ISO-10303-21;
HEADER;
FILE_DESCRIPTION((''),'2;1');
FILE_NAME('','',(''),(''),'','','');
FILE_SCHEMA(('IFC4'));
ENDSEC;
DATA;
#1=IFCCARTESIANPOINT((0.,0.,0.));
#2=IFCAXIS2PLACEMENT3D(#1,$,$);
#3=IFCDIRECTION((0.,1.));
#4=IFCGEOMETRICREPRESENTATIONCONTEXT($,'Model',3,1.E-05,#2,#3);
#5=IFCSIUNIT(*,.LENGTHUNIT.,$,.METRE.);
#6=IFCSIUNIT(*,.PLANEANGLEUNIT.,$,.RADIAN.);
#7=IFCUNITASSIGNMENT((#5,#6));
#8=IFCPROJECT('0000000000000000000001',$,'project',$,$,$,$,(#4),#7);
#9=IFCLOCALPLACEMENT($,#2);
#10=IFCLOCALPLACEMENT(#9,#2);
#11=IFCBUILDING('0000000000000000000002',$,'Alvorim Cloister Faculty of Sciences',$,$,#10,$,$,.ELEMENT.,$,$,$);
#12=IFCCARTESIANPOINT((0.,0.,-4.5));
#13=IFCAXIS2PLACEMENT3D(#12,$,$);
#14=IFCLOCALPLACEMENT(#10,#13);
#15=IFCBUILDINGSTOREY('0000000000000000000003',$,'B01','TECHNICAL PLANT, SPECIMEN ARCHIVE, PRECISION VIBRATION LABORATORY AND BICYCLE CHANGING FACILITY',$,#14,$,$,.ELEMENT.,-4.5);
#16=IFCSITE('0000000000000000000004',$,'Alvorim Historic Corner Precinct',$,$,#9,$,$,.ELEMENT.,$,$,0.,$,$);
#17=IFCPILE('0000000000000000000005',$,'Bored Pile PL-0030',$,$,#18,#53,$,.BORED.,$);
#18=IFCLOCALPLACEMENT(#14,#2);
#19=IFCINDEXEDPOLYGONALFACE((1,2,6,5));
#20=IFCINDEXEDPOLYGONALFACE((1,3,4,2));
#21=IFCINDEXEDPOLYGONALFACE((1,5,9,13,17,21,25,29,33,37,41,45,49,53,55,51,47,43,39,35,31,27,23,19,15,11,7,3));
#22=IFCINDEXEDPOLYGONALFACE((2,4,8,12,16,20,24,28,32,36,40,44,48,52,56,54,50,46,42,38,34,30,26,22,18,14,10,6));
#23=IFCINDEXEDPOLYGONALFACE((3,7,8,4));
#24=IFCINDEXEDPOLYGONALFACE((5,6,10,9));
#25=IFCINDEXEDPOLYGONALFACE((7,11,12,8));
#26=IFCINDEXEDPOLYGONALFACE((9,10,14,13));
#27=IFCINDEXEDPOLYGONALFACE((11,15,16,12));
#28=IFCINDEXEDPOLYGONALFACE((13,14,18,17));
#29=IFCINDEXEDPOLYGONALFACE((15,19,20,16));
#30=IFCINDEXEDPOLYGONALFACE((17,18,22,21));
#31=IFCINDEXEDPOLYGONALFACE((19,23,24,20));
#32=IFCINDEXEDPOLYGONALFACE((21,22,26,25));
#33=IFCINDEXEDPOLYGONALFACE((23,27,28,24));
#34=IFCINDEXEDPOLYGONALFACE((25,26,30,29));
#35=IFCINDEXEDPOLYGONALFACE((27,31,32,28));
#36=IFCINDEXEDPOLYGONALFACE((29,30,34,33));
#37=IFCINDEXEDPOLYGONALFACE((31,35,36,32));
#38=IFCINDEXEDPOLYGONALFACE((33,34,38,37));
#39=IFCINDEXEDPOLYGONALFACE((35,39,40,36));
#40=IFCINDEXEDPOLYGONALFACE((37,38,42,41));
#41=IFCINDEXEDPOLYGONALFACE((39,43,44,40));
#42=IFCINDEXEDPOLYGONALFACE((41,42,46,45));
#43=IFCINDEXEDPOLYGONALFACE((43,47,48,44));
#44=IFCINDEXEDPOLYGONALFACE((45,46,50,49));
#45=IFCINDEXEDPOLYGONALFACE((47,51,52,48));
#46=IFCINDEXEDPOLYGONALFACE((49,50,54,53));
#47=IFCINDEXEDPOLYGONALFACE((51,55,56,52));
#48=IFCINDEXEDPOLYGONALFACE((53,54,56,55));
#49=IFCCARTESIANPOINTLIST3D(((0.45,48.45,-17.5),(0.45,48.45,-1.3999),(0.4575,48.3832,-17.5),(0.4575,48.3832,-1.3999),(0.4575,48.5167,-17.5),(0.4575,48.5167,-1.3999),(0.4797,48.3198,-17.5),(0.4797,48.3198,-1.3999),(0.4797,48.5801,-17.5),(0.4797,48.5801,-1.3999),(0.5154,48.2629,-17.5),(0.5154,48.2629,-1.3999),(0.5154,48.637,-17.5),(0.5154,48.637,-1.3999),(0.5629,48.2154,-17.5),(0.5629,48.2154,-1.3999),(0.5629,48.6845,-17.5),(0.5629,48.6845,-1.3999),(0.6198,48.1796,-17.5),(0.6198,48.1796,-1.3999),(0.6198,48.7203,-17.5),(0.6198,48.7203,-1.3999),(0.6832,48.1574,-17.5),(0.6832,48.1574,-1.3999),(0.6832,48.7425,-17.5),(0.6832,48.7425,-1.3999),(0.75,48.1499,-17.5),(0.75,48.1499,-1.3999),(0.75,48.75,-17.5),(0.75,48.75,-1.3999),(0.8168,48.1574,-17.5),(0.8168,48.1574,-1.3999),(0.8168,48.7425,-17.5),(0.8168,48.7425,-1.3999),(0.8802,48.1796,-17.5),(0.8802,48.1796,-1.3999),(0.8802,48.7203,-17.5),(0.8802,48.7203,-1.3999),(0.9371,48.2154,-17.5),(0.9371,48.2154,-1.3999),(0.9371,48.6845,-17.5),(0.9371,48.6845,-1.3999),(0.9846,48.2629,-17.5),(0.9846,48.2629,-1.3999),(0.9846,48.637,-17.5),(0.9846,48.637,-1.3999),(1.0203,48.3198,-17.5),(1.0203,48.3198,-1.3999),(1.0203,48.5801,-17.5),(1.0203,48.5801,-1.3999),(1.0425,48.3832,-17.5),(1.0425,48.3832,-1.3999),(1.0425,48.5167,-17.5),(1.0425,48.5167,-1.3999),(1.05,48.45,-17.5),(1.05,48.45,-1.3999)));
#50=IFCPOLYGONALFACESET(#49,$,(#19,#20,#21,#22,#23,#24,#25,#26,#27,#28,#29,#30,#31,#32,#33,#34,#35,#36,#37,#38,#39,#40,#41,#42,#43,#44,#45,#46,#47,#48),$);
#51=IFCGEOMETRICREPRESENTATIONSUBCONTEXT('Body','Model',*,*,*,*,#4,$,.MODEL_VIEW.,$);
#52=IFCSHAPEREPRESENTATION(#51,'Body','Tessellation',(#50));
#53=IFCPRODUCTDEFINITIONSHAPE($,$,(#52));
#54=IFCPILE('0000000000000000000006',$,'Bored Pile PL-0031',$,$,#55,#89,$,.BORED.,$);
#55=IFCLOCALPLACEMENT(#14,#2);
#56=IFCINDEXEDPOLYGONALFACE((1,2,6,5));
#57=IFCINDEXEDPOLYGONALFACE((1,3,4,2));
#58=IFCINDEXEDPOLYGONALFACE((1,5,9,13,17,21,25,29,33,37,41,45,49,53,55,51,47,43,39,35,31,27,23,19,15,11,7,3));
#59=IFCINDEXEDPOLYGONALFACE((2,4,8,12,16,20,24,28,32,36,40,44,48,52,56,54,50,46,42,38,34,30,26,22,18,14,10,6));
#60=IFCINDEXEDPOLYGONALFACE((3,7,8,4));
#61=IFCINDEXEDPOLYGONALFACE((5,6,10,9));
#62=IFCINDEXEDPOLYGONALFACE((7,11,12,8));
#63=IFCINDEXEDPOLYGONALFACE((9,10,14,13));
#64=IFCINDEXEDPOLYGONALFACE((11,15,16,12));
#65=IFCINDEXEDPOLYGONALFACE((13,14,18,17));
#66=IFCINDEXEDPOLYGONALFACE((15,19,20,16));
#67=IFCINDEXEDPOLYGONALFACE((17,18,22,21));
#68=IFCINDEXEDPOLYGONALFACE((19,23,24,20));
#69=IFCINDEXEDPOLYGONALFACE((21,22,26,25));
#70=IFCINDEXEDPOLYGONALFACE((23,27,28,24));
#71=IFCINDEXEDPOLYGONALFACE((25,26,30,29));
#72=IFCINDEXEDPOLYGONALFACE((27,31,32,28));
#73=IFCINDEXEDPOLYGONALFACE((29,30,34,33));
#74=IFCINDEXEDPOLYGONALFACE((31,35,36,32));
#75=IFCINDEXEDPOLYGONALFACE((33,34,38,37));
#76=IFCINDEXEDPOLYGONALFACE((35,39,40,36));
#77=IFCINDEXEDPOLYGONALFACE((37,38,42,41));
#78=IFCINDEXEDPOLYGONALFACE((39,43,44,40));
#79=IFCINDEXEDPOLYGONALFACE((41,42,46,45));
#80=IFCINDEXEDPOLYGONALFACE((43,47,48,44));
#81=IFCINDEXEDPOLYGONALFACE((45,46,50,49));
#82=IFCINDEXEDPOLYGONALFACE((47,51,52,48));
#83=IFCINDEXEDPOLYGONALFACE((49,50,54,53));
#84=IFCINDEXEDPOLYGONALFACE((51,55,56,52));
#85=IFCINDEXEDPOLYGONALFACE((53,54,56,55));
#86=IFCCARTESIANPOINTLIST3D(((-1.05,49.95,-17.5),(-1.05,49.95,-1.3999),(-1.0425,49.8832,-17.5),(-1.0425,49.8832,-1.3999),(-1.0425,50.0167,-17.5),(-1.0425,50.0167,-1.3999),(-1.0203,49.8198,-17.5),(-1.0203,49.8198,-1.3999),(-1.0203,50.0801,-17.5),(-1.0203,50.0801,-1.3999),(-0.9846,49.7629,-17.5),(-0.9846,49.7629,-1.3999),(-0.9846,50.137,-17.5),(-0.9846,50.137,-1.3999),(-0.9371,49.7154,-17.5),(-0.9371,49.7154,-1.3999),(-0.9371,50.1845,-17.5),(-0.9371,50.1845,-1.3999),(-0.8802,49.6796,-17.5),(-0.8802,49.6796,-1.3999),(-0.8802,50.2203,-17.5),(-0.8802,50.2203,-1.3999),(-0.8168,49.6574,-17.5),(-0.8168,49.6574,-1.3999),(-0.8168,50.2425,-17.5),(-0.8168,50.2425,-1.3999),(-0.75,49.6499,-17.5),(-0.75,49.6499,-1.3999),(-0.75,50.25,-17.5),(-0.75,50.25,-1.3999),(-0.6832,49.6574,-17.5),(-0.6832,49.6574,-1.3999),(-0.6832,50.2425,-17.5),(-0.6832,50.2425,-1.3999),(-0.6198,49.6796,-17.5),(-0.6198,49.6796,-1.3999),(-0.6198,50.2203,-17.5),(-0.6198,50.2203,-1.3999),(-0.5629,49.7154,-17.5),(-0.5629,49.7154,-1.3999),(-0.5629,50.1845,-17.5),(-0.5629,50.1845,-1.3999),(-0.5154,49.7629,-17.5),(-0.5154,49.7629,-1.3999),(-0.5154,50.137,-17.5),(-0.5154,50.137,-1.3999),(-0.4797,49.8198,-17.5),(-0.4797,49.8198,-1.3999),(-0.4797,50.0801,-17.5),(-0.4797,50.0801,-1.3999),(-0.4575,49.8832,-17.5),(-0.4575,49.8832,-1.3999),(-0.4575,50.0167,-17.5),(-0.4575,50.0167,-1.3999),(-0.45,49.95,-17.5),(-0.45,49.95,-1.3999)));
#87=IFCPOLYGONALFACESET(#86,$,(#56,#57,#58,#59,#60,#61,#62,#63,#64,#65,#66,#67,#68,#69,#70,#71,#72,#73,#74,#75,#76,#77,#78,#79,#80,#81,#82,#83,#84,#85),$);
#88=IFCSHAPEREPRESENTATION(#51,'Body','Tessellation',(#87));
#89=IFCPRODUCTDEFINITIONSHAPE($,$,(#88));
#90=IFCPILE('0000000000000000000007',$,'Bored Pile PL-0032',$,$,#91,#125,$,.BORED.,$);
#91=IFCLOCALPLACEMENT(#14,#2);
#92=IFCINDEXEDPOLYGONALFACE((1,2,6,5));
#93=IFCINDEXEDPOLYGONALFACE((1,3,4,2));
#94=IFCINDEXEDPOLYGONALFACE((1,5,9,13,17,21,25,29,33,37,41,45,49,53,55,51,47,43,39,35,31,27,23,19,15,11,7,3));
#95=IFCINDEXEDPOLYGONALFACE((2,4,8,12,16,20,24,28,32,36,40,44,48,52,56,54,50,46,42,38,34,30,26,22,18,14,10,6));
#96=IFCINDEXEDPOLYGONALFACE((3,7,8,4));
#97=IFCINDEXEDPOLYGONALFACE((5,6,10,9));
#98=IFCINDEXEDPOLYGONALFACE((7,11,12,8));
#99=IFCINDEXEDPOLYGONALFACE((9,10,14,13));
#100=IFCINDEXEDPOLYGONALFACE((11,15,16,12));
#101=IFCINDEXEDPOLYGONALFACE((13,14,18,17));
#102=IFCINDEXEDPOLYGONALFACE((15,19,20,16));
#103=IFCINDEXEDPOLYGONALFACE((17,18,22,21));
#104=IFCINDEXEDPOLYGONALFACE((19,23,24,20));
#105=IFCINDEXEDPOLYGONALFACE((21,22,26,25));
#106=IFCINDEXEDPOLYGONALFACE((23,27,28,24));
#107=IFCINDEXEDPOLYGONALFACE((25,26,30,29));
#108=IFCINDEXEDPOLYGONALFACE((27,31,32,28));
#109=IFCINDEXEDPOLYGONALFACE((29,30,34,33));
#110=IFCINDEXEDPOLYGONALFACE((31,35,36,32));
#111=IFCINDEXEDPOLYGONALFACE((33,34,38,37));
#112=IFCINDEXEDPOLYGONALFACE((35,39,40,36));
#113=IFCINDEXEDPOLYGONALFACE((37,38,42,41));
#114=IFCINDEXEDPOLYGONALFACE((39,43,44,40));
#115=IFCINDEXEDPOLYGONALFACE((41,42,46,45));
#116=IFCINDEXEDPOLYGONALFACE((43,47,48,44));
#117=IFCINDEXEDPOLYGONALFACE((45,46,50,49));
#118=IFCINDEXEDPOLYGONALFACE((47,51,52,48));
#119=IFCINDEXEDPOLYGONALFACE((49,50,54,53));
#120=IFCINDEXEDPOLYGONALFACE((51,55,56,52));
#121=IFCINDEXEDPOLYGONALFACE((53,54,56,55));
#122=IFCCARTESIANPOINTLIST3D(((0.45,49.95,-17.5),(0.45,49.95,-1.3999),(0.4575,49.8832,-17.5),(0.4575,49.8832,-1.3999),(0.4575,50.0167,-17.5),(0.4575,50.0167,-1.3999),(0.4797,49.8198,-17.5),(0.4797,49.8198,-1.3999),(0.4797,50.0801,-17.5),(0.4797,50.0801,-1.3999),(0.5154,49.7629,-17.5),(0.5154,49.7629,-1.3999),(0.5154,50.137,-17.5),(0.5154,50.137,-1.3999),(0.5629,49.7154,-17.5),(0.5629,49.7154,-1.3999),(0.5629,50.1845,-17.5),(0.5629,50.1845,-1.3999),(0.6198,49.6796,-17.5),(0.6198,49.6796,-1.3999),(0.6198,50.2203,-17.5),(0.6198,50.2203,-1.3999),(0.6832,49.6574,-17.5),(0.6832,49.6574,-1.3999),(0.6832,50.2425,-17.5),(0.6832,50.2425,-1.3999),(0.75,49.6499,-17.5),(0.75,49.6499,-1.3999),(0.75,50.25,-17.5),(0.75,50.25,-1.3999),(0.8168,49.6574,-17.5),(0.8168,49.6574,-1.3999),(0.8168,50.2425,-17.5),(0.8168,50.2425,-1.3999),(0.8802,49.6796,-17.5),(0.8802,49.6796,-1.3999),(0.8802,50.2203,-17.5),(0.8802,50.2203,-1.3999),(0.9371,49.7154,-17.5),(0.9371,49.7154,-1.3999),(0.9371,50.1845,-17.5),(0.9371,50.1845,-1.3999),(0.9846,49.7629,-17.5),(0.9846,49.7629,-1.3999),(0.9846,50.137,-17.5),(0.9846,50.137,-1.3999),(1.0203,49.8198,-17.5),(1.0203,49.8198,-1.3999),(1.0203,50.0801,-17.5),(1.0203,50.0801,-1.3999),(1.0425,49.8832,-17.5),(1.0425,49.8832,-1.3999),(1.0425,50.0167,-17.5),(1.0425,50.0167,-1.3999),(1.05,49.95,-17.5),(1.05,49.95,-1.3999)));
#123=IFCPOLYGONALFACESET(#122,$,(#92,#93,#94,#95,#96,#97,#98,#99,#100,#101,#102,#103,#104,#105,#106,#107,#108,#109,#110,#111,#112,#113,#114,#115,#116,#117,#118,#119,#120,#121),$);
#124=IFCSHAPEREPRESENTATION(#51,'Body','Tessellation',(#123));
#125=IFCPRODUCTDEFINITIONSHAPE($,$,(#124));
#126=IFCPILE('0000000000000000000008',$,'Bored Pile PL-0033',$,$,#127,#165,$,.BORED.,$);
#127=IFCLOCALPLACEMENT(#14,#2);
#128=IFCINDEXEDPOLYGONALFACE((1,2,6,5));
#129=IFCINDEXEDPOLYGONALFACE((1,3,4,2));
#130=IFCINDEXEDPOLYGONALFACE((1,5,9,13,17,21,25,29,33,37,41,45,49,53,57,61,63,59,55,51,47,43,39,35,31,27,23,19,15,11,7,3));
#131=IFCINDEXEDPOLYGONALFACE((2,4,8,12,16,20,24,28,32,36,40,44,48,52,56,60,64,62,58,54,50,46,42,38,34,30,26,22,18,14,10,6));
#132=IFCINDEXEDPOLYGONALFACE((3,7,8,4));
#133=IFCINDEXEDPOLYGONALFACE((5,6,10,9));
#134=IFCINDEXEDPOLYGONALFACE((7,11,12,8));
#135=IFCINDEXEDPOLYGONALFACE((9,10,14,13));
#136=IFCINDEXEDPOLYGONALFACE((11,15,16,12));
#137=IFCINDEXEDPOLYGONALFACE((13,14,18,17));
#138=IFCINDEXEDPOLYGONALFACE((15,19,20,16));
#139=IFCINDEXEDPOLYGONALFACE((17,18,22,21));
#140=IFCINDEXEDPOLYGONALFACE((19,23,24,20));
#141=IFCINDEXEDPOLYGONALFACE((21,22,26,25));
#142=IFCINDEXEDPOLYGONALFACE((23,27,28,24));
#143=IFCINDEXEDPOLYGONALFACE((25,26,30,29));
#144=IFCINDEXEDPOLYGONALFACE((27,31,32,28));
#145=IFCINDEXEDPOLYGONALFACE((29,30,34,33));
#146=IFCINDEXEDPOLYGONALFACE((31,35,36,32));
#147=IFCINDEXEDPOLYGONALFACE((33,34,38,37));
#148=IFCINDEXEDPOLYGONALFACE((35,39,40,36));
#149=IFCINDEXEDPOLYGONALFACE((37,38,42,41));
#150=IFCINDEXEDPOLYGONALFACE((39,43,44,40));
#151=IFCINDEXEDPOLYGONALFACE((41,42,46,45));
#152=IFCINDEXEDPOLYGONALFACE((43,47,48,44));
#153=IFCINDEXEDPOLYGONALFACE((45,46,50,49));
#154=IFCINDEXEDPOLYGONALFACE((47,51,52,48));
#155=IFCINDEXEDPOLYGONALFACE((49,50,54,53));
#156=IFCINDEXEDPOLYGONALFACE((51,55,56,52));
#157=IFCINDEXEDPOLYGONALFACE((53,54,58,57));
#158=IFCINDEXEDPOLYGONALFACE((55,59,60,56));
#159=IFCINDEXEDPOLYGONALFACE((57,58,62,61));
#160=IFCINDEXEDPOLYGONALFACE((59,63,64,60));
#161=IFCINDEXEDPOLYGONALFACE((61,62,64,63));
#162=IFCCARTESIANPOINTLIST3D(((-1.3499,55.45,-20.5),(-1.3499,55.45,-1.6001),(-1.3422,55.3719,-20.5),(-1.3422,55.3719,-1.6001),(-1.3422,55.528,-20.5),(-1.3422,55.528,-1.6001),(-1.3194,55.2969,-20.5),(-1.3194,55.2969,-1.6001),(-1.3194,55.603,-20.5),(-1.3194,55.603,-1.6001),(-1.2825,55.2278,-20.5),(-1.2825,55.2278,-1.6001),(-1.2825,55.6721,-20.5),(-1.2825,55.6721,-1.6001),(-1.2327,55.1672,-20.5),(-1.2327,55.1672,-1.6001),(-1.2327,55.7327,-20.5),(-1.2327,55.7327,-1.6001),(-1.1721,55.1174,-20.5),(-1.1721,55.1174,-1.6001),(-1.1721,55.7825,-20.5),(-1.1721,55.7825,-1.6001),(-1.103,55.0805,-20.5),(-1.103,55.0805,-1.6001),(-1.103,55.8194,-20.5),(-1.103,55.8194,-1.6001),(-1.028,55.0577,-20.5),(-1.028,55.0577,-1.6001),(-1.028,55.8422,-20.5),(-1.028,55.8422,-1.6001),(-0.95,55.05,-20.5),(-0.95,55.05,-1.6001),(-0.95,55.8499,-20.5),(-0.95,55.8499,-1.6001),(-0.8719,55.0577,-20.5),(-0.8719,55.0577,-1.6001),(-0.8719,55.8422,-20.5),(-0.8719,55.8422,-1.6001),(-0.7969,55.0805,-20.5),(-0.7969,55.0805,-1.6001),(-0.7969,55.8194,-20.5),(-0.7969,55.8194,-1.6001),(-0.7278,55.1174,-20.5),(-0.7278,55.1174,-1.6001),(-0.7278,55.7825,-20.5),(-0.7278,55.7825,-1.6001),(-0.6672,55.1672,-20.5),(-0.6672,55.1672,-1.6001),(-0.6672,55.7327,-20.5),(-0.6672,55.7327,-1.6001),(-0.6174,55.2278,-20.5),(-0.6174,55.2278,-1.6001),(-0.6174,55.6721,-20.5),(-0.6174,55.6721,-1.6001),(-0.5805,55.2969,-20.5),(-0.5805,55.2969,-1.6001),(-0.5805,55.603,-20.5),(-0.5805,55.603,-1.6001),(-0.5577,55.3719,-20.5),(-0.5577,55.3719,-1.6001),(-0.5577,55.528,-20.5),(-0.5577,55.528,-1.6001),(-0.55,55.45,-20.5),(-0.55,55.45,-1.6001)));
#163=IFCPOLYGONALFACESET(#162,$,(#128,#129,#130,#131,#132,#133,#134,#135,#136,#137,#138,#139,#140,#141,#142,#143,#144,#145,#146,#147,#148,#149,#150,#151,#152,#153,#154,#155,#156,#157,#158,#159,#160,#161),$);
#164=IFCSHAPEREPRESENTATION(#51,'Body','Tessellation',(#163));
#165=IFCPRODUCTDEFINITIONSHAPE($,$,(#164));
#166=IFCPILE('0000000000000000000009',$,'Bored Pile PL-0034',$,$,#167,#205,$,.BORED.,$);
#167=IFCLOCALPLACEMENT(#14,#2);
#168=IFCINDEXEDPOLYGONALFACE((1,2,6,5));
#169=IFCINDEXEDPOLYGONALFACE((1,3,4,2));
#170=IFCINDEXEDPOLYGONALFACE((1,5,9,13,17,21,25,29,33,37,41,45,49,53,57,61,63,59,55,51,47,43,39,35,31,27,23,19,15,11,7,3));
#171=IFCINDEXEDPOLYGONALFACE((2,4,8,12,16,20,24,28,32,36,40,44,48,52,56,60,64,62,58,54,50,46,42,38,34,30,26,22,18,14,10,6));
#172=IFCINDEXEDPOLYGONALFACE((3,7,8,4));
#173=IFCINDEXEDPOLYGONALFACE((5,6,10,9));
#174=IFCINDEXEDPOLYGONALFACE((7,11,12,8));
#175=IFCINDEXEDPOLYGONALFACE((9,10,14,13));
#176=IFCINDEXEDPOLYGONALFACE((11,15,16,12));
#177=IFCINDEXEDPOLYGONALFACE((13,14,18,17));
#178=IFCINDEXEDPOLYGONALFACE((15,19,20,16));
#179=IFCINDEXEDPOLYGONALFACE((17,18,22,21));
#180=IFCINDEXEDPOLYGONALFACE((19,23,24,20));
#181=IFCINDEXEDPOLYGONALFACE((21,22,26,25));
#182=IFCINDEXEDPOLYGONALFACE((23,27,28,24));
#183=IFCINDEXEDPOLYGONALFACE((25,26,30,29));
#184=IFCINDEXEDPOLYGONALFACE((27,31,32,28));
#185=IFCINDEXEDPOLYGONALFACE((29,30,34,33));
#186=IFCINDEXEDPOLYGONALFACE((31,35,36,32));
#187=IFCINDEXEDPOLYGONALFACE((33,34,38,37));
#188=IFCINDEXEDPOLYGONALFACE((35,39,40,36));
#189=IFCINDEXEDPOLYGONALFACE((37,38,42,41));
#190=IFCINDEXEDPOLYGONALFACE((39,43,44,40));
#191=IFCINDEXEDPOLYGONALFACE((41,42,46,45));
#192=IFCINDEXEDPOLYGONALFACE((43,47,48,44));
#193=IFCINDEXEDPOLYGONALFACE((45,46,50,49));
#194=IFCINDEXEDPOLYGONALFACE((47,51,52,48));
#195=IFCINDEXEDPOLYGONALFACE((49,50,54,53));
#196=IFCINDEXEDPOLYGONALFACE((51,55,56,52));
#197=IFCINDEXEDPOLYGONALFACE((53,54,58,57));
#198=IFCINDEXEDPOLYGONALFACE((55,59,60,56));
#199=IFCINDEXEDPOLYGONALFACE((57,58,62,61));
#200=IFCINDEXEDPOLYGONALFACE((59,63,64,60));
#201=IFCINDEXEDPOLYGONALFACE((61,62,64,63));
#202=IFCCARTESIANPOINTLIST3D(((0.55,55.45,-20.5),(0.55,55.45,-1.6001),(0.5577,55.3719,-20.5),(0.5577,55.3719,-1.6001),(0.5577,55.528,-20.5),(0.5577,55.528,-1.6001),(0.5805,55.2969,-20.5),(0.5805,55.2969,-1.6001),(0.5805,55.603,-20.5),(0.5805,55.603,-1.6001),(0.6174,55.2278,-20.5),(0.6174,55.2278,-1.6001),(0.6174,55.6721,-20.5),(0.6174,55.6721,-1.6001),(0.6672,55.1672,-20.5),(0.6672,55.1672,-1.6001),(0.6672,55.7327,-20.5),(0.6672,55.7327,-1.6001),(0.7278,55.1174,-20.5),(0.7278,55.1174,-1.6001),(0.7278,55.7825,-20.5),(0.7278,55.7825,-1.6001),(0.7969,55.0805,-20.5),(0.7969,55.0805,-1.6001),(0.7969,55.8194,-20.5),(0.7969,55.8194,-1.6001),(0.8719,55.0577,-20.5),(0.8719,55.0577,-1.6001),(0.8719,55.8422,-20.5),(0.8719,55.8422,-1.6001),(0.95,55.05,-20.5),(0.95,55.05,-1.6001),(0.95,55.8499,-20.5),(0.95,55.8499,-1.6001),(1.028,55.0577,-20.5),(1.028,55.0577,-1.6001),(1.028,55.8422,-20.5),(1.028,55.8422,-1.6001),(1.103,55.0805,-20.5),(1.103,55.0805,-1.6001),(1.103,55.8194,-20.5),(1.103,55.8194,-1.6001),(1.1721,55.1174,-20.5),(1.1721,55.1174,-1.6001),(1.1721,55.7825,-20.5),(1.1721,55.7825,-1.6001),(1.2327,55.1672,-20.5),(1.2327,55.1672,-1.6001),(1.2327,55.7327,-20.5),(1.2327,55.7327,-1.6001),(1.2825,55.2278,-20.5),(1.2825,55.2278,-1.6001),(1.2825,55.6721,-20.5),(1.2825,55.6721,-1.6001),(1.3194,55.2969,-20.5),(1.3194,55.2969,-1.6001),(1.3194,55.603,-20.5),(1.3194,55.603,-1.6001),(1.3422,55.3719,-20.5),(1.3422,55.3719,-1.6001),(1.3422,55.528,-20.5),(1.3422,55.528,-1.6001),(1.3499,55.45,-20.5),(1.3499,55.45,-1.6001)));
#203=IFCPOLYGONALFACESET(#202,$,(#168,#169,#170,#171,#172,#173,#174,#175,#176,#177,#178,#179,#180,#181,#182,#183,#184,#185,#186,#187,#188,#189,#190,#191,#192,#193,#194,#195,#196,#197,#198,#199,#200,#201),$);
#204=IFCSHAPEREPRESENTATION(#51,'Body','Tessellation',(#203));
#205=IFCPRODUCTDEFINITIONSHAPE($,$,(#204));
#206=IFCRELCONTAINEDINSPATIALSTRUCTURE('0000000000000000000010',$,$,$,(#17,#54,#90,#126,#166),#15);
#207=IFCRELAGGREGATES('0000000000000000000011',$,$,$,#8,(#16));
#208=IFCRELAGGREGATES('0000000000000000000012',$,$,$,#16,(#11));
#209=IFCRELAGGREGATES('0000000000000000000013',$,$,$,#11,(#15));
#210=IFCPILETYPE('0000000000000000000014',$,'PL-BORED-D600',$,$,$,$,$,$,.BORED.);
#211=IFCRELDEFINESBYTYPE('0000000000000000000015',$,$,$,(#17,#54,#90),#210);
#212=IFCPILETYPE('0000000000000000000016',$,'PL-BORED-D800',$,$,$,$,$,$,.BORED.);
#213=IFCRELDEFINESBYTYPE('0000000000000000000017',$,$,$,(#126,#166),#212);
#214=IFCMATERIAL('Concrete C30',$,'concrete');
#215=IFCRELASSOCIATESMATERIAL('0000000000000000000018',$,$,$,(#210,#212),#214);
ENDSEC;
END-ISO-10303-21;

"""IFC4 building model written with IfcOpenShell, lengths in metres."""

from ifc_helpers import new_model, si_unit, direction, frame, origin, origin_2d, place, context, subcontext, project, spatial, circle, extrude, material, material_profile, profile_set, type_object, element, save


model = new_model("IFC4")

# Units and contexts
model_context = context("Model", 3, precision=1e-05, world=origin(), true_north=direction((0.0, 1.0)))
body_context = subcontext(model_context, "Body", "Model", "MODEL_VIEW")
ifc_project = project(units=[si_unit("LENGTHUNIT", "METRE"), si_unit("PLANEANGLEUNIT", "RADIAN")], contexts=[model_context])

# Site, building, storey
site_placement = place(None, origin())
site = spatial("IfcSite", under=ifc_project, at=site_placement, Name="Alvorim Historic Corner Precinct", CompositionType="ELEMENT", RefElevation=0.0)
building_placement = place(site_placement, origin())
building = spatial("IfcBuilding", under=site, at=building_placement, Name="Alvorim Cloister Faculty of Sciences", CompositionType="ELEMENT")
storey_placement = place(building_placement, frame((0.0, 0.0, -4.5)))
storey = spatial("IfcBuildingStorey", under=building, at=storey_placement, Name="B01", Description="TECHNICAL PLANT, SPECIMEN ARCHIVE, PRECISION VIBRATION LABORATORY AND BICYCLE CHANGING FACILITY", CompositionType="ELEMENT", Elevation=-4.5)

# Piles
ifc_material_1 = material(Name="Concrete C30", Category="concrete")
ifc_material_profile_1 = material_profile(ifc_material_1, circle(Radius=0.3, at=origin_2d()), Name="PILE-D600")
ifc_profile_set_1 = profile_set([ifc_material_profile_1], Name="Concrete C30")
pile_type_1 = type_object("IfcPileType", Name="PL-BORED-D600", PredefinedType="BORED", material=ifc_profile_set_1)
for number, where, z_axis, x_axis, name in (
    (1, (0.75, 48.45, -1.3999), (0.0, 0.0, -1.0), (1.0, 0.0, 0.0), "Bored Pile PL-0030"),
    (2, (-0.75, 49.95, -1.3999), (0.0, 0.0, -1.0), (1.0, 0.0, 0.0), "Bored Pile PL-0031"),
    (3, (0.75, 49.95, -1.3999), (0.0, 0.0, -1.0), (1.0, 0.0, 0.0), "Bored Pile PL-0032"),
):
    element("IfcPile", number, at=place(storey_placement, frame(where, z_axis=z_axis, x_axis=x_axis)), inside=storey, type_object=pile_type_1, Name=name, PredefinedType="BORED", context=body_context, shape_type="SweptSolid", body=[
        extrude(circle(Radius=0.3, at=origin_2d()), origin(), (0.0, 0.0, 1.0), 16.1001),
    ])
ifc_material_profile_2 = material_profile(ifc_material_1, circle(Radius=0.3999, at=origin_2d()), Name="PILE-D800")
ifc_profile_set_2 = profile_set([ifc_material_profile_2], Name="Concrete C30")
pile_type_2 = type_object("IfcPileType", Name="PL-BORED-D800", PredefinedType="BORED", material=ifc_profile_set_2)
for number, where, z_axis, x_axis, name in (
    (4, (-0.95, 55.45, -1.6001), (0.0, 0.0, -1.0), (1.0, 0.0, 0.0), "Bored Pile PL-0033"),
    (5, (0.95, 55.45, -1.6001), (0.0, 0.0, -1.0), (1.0, 0.0, 0.0), "Bored Pile PL-0034"),
):
    element("IfcPile", number, at=place(storey_placement, frame(where, z_axis=z_axis, x_axis=x_axis)), inside=storey, type_object=pile_type_2, Name=name, PredefinedType="BORED", context=body_context, shape_type="SweptSolid", body=[
        extrude(circle(Radius=0.3999, at=origin_2d()), origin(), (0.0, 0.0, 1.0), 18.8999),
    ])

save(model, "model.ifc")
